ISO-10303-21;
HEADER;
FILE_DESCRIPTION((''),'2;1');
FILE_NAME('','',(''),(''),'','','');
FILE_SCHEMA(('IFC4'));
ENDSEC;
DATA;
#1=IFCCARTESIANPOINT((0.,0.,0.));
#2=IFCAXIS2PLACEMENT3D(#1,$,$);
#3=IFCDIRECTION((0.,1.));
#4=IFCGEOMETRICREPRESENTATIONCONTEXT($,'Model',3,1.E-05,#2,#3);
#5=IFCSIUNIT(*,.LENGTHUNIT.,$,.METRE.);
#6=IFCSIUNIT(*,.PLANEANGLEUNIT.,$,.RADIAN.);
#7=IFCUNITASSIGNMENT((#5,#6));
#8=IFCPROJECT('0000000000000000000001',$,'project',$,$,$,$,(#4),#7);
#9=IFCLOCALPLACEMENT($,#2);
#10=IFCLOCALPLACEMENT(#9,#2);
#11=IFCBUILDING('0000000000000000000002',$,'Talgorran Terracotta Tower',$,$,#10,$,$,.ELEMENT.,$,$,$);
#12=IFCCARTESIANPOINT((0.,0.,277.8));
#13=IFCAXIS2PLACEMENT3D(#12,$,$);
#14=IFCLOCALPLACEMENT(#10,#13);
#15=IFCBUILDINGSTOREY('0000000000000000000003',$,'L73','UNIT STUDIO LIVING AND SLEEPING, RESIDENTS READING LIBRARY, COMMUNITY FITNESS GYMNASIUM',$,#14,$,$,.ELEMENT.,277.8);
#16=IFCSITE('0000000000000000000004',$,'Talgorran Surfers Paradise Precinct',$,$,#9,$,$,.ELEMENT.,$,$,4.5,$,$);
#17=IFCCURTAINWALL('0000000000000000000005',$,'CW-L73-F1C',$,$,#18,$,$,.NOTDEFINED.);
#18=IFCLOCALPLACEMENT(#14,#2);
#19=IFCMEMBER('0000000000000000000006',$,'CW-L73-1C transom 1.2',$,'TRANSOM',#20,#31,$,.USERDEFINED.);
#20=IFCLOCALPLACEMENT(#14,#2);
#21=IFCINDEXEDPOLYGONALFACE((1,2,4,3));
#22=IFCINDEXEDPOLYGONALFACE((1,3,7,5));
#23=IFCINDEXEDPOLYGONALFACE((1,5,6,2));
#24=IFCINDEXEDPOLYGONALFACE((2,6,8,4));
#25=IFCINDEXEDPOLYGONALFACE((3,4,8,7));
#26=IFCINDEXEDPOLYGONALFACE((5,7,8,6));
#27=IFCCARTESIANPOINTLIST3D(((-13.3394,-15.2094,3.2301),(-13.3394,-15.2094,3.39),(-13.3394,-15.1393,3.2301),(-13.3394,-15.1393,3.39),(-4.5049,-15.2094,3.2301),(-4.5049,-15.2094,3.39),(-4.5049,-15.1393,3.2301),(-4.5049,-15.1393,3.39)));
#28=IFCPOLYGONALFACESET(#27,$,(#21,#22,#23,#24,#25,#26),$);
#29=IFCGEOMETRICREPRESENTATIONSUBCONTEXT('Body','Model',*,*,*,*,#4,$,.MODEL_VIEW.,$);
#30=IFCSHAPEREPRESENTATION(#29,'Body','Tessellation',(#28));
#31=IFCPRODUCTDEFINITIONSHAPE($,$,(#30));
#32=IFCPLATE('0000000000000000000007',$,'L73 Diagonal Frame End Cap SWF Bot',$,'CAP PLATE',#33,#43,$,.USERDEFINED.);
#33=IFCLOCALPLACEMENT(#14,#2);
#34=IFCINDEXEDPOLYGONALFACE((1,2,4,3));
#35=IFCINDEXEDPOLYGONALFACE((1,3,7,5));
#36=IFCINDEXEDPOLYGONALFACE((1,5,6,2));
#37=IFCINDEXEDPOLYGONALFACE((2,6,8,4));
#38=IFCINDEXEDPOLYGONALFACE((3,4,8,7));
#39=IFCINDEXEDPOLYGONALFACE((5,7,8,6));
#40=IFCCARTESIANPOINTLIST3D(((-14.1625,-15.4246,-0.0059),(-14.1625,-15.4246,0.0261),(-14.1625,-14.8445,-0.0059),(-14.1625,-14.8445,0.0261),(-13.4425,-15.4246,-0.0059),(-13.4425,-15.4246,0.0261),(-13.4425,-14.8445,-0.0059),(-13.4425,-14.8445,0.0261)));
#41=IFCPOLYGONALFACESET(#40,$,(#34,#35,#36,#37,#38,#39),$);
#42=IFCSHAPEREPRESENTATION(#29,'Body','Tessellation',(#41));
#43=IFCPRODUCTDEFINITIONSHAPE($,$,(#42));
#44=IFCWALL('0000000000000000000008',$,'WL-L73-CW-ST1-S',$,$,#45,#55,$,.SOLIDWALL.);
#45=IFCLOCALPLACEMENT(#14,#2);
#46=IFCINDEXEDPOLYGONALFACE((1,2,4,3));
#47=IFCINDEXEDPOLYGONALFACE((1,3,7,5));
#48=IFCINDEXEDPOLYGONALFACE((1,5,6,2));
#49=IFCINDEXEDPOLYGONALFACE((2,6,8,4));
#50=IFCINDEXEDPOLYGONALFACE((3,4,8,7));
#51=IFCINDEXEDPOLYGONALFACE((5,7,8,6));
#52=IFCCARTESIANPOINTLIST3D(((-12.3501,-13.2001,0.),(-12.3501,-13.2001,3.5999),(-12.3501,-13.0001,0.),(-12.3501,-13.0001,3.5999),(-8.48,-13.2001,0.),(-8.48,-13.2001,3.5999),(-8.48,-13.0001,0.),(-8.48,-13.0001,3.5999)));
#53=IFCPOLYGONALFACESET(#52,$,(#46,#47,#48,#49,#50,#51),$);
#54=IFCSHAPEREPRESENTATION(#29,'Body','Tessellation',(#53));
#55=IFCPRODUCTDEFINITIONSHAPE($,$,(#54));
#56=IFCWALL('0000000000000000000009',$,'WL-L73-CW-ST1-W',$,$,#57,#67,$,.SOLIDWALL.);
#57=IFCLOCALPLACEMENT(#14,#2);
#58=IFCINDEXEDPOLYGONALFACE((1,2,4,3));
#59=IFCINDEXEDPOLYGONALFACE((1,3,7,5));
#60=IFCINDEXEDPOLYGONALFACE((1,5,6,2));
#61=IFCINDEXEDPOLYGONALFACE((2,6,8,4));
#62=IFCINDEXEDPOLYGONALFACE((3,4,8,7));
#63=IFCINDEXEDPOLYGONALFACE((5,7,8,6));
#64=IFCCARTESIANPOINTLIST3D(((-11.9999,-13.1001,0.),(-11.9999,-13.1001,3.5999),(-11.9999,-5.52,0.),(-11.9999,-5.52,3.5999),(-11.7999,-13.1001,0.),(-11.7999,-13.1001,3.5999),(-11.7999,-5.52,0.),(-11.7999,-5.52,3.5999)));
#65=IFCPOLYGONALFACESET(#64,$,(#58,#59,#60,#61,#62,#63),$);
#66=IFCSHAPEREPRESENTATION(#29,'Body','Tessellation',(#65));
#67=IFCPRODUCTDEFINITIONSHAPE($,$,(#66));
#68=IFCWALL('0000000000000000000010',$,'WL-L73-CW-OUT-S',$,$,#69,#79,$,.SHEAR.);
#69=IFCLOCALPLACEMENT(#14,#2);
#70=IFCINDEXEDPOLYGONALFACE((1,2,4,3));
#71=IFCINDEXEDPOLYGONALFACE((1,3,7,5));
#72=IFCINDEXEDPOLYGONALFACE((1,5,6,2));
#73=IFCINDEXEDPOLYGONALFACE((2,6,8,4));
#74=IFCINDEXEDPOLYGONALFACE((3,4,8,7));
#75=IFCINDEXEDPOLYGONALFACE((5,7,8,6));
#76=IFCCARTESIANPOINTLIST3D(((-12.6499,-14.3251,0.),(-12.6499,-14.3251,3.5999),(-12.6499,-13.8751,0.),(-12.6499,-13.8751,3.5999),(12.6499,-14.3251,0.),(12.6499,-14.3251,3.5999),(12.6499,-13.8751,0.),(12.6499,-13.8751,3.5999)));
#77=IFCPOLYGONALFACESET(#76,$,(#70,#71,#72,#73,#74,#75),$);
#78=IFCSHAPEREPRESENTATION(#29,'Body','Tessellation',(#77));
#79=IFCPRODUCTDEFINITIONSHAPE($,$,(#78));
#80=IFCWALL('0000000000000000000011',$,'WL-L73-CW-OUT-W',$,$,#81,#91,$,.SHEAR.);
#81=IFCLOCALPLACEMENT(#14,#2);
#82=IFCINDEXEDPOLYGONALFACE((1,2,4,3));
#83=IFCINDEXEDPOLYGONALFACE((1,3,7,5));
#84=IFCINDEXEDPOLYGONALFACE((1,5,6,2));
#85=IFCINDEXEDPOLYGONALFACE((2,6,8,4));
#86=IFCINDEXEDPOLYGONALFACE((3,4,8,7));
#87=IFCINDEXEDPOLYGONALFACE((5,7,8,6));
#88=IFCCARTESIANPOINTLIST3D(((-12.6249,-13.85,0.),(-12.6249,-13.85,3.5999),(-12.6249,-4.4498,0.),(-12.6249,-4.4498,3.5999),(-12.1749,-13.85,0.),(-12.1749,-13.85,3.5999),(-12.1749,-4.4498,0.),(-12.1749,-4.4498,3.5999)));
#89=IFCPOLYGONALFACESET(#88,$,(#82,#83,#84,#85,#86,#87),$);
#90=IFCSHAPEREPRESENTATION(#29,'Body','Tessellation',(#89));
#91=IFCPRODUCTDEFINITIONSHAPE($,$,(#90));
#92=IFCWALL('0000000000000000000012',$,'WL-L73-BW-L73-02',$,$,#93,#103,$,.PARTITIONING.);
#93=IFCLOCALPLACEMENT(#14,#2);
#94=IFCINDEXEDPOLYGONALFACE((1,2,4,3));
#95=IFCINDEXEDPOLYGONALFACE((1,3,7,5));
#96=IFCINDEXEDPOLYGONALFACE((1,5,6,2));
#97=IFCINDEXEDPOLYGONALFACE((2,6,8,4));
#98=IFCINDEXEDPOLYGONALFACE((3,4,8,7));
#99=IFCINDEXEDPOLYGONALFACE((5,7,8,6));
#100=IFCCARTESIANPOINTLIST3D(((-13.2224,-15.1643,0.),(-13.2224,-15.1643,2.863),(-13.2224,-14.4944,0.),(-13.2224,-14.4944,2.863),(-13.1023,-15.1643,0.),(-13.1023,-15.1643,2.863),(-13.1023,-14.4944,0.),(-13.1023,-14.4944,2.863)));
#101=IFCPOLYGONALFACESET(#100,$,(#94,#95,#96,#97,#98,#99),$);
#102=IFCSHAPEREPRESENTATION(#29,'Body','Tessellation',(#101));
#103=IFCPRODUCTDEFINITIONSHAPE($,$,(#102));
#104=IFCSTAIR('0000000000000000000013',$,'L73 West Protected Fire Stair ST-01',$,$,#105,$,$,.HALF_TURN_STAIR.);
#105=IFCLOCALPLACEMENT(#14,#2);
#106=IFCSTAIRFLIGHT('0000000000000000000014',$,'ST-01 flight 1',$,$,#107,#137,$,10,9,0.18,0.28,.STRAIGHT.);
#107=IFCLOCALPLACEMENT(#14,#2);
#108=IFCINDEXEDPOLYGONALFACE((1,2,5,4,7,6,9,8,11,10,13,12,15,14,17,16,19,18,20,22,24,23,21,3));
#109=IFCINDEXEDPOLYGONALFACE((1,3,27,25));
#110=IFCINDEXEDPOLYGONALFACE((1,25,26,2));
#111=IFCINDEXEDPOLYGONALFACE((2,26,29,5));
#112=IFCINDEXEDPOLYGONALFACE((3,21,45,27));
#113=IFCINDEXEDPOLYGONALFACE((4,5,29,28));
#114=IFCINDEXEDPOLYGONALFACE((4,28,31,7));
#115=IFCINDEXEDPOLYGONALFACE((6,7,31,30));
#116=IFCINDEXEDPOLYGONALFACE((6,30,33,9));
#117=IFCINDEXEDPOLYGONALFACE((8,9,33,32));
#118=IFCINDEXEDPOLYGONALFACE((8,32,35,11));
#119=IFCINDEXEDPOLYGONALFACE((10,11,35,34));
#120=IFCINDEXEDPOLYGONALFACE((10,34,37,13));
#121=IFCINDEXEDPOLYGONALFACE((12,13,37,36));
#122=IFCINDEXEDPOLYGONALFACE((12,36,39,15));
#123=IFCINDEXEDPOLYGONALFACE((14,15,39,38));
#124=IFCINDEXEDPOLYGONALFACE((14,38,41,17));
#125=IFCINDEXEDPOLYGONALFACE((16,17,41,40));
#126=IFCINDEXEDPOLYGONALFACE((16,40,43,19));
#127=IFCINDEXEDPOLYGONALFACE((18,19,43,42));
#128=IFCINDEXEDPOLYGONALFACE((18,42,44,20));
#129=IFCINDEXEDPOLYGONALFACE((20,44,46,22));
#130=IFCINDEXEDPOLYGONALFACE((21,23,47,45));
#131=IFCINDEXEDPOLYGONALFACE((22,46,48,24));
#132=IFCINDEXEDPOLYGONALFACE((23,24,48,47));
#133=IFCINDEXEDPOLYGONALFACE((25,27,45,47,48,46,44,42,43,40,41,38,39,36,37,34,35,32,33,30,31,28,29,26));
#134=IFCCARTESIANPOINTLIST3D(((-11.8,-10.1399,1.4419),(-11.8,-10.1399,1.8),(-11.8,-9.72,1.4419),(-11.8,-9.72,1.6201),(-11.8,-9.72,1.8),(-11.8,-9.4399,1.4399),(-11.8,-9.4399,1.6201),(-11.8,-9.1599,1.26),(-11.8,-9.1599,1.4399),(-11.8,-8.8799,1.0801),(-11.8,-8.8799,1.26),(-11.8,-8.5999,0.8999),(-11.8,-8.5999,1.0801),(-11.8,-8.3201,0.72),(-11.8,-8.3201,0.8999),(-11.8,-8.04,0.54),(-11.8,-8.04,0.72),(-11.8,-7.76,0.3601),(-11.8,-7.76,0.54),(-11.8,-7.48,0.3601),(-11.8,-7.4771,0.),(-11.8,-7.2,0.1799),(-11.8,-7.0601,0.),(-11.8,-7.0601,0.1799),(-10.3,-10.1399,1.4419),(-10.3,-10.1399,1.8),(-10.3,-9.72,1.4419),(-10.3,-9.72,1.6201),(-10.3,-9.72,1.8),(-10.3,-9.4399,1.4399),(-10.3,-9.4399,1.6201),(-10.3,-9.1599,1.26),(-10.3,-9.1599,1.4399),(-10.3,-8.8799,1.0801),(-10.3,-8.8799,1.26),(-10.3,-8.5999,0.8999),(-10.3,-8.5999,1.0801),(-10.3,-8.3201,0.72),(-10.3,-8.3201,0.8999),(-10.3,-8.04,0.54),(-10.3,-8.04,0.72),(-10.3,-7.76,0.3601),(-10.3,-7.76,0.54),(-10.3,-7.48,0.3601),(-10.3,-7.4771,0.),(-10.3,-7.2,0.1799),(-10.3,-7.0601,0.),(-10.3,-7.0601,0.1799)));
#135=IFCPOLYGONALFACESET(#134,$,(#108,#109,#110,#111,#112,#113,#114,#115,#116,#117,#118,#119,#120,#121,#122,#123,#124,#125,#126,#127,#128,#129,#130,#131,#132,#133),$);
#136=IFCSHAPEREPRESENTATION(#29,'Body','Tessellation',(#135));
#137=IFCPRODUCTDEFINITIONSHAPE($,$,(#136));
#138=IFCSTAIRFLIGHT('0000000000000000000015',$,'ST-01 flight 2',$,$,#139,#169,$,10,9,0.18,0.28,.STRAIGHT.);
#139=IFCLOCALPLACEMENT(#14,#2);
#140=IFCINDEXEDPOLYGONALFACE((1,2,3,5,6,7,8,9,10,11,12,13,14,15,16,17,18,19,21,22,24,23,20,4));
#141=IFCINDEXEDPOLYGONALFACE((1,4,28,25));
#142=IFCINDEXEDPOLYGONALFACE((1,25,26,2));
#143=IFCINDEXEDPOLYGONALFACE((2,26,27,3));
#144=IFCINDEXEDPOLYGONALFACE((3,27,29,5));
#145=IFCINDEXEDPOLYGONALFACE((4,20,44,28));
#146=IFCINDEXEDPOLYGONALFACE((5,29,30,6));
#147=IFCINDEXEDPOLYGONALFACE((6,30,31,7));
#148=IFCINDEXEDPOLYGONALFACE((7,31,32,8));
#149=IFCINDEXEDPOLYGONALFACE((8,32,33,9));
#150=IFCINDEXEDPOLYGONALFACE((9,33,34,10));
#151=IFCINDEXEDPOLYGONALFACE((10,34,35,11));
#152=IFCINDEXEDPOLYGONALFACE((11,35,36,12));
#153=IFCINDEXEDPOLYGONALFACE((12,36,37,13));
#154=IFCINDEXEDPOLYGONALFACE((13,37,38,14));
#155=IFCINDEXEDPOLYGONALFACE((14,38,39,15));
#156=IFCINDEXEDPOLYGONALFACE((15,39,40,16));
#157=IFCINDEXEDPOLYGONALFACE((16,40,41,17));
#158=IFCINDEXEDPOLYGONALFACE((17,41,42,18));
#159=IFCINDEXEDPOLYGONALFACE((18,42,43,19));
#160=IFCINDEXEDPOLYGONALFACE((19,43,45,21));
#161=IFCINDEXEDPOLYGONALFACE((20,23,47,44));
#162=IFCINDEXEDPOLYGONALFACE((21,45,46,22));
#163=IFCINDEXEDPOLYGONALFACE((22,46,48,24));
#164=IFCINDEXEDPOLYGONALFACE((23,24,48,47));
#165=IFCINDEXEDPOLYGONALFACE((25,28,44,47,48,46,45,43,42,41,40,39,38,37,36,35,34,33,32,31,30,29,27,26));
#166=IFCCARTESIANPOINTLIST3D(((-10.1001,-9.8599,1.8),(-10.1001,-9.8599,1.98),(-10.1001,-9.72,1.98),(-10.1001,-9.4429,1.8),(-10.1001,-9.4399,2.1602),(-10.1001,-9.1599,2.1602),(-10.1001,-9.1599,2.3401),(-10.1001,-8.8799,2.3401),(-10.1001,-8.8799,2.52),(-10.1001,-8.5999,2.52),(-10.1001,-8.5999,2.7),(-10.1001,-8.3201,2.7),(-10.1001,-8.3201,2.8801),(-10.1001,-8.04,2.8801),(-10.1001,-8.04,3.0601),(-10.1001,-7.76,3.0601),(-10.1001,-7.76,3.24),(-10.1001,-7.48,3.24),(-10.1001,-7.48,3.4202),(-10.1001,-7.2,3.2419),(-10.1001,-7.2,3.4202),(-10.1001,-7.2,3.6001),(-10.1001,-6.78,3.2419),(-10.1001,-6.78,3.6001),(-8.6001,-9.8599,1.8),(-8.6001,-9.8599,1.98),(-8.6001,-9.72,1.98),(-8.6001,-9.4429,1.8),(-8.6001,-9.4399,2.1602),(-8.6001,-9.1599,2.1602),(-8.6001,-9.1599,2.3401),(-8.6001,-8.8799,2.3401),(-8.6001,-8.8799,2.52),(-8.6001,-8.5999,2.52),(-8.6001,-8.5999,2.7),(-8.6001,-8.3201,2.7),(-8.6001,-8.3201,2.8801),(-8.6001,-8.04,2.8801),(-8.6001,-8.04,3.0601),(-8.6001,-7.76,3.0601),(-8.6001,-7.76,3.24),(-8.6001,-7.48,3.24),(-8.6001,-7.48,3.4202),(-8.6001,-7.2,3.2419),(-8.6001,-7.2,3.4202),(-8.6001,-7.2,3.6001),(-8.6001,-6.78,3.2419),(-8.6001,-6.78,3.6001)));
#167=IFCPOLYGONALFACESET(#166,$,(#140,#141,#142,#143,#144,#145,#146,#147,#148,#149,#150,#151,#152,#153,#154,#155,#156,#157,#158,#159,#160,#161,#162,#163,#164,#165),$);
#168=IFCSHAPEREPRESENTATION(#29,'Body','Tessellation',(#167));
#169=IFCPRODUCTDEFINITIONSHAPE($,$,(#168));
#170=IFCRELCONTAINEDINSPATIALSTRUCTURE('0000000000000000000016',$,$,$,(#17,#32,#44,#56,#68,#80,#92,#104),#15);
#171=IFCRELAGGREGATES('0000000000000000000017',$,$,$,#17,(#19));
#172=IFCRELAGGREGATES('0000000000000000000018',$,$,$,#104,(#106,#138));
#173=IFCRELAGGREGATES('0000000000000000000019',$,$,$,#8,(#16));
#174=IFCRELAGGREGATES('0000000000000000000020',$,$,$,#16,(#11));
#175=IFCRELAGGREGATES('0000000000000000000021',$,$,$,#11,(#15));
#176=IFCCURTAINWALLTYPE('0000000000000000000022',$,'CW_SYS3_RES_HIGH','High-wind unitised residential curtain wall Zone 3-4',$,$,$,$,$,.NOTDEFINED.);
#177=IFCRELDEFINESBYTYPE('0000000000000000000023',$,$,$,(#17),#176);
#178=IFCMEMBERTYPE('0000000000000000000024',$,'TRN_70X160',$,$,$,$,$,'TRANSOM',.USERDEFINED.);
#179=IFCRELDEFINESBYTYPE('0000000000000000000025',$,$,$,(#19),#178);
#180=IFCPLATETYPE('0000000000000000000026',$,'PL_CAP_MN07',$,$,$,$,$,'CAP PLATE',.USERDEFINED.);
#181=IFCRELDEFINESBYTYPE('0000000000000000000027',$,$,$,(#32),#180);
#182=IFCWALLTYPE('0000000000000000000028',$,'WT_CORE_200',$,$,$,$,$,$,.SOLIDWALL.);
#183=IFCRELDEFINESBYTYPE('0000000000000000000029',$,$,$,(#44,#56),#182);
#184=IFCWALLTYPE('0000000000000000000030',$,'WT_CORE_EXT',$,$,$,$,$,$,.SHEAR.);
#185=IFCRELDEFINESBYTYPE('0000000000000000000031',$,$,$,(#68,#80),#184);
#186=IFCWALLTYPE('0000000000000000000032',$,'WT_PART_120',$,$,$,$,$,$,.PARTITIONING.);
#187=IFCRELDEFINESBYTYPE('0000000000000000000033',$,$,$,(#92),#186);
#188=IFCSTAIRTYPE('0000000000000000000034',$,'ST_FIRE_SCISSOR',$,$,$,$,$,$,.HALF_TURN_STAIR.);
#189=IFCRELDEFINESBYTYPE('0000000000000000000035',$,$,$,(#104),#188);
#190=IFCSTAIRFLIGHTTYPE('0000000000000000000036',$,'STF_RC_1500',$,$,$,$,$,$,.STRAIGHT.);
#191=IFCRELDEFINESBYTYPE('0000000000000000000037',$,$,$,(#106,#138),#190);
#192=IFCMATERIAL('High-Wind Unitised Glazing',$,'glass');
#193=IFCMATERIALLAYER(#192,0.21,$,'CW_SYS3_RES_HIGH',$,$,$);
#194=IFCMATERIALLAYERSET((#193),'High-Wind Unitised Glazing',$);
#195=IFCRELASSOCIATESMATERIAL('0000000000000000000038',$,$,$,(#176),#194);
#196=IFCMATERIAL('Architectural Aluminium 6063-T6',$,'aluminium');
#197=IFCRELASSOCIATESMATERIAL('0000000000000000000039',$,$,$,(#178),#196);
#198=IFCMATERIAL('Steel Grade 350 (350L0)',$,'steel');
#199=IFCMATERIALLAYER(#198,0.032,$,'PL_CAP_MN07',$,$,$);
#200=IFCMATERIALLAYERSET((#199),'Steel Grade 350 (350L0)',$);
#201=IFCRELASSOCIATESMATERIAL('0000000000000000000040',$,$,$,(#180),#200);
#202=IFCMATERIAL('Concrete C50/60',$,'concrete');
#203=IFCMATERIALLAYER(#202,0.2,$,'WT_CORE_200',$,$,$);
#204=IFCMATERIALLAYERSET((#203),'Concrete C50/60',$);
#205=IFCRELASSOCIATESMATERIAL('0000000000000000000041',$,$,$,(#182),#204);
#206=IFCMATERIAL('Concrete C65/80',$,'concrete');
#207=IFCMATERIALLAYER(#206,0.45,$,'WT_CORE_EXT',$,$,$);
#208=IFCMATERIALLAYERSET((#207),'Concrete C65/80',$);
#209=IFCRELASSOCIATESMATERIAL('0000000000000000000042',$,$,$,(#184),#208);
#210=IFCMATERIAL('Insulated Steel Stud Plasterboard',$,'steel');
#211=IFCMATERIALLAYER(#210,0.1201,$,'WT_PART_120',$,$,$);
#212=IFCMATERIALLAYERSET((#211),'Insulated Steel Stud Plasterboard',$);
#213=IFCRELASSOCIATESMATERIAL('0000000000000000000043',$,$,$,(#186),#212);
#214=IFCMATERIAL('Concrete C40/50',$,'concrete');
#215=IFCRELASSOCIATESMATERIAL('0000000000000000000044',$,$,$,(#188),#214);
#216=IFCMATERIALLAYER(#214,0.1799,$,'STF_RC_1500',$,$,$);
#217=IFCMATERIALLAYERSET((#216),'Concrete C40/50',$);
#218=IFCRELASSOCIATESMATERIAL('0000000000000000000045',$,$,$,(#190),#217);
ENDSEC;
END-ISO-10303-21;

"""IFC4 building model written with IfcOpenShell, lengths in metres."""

from ifc_helpers import new_model, si_unit, direction, frame, frame_2d, origin, origin_2d, place, context, subcontext, project, spatial, polyline, rectangle, outline, extrude, material, layer, layer_set, material_profile, profile_set, type_object, element, aggregate, save


model = new_model("IFC4")

# Units and contexts
model_context = context("Model", 3, precision=1e-05, world=origin(), true_north=direction((0.0, 1.0)))
body_context = subcontext(model_context, "Body", "Model", "MODEL_VIEW")
ifc_project = project(units=[si_unit("LENGTHUNIT", "METRE"), si_unit("PLANEANGLEUNIT", "RADIAN")], contexts=[model_context])

# Site, building, storey
site_placement = place(None, origin())
site = spatial("IfcSite", under=ifc_project, at=site_placement, Name="Talgorran Surfers Paradise Precinct", CompositionType="ELEMENT", RefElevation=4.5)
building_placement = place(site_placement, origin())
building = spatial("IfcBuilding", under=site, at=building_placement, Name="Talgorran Terracotta Tower", CompositionType="ELEMENT")
storey_placement = place(building_placement, frame((0.0, 0.0, 277.8)))
storey = spatial("IfcBuildingStorey", under=building, at=storey_placement, Name="L73", Description="UNIT STUDIO LIVING AND SLEEPING, RESIDENTS READING LIBRARY, COMMUNITY FITNESS GYMNASIUM", CompositionType="ELEMENT", Elevation=277.8)

# Shared definitions
ifc_material_1 = material(Name="High-Wind Unitised Glazing", Category="glass")
ifc_layer_1 = layer(ifc_material_1, 0.21, Name="CW_SYS3_RES_HIGH")
ifc_layer_set_1 = layer_set([ifc_layer_1], Name="High-Wind Unitised Glazing")
curtain_wall_type = type_object("IfcCurtainWallType", Name="CW_SYS3_RES_HIGH", Description="High-wind unitised residential curtain wall Zone 3-4", PredefinedType="NOTDEFINED", material=ifc_layer_set_1)
ifc_material_2 = material(Name="Architectural Aluminium 6063-T6", Category="aluminium")

# Curtain wall, member
curtain_wall_1_placement = place(storey_placement, origin())
curtain_wall_1 = element("IfcCurtainWall", 1, at=curtain_wall_1_placement, inside=storey, type_object=curtain_wall_type, Name="CW-L73-F1C", PredefinedType="NOTDEFINED")
ifc_material_profile_1 = material_profile(ifc_material_2, rectangle(XDim=0.0701, YDim=0.1599, at=origin_2d()), Name="CWT70X160")
ifc_profile_set_1 = profile_set([ifc_material_profile_1], Name="Architectural Aluminium 6063-T6")
member_type_1 = type_object("IfcMemberType", Name="TRN_70X160", ElementType="TRANSOM", PredefinedType="USERDEFINED", material=ifc_profile_set_1)
member_1_placement = place(storey_placement, frame((-13.3394, -15.1743, 3.3101), z_axis=(1.0, 0.0, 0.0), x_axis=(0.0, 1.0, 0.0)))
member_1 = element("IfcMember", 2, at=member_1_placement, type_object=member_type_1, Name="CW-L73-1C transom 1.2", ObjectType="TRANSOM", PredefinedType="USERDEFINED", context=body_context, shape_type="SweptSolid", body=[
    extrude(rectangle(XDim=0.0701, YDim=0.1599, at=origin_2d()), origin(), (0.0, 0.0, 1.0), 8.8345),
])
aggregate(curtain_wall_1, [member_1])

# Plate
ifc_material_3 = material(Name="Steel Grade 350 (350L0)", Category="steel")
ifc_layer_2 = layer(ifc_material_3, 0.032, Name="PL_CAP_MN07")
ifc_layer_set_2 = layer_set([ifc_layer_2], Name="Steel Grade 350 (350L0)")
plate_type = type_object("IfcPlateType", Name="PL_CAP_MN07", ElementType="CAP PLATE", PredefinedType="USERDEFINED", material=ifc_layer_set_2)
plate_placement = place(storey_placement, frame((-13.8025, -15.1345, -0.0059), z_axis=(0.0, 0.0, 1.0), x_axis=(-1.0, 0.0, 0.0)))
element("IfcPlate", 3, at=plate_placement, inside=storey, type_object=plate_type, Name="L73 Diagonal Frame End Cap SWF Bot", ObjectType="CAP PLATE", PredefinedType="USERDEFINED", context=body_context, shape_type="SweptSolid", body=[
    extrude(rectangle(XDim=0.72, YDim=0.5801, at=origin_2d()), origin(), (0.0, 0.0, 1.0), 0.032),
])

# Walls
ifc_material_4 = material(Name="Concrete C50/60", Category="concrete")
ifc_layer_3 = layer(ifc_material_4, 0.2, Name="WT_CORE_200")
ifc_layer_set_3 = layer_set([ifc_layer_3], Name="Concrete C50/60")
wall_type_1 = type_object("IfcWallType", Name="WT_CORE_200", PredefinedType="SOLIDWALL", material=ifc_layer_set_3)
wall_1_placement = place(storey_placement, frame((-12.3501, -13.1001, 0.0), z_axis=(0.0, 0.0, 1.0), x_axis=(1.0, 0.0, 0.0)))
element("IfcWall", 4, at=wall_1_placement, inside=storey, type_object=wall_type_1, Name="WL-L73-CW-ST1-S", PredefinedType="SOLIDWALL", context=body_context, shape_type="SweptSolid", body=[
    extrude(rectangle(XDim=3.8701, YDim=0.2, at=frame_2d((1.9351, 0.0))), origin(), (0.0, 0.0, 1.0), 3.5999),
])
wall_2_placement = place(storey_placement, frame((-11.8999, -13.1001, 0.0), z_axis=(0.0, 0.0, 1.0), x_axis=(0.0, 1.0, 0.0)))
element("IfcWall", 5, at=wall_2_placement, inside=storey, type_object=wall_type_1, Name="WL-L73-CW-ST1-W", PredefinedType="SOLIDWALL", context=body_context, shape_type="SweptSolid", body=[
    extrude(rectangle(XDim=7.5801, YDim=0.2, at=frame_2d((3.79, 0.0))), origin(), (0.0, 0.0, 1.0), 3.5999),
])
ifc_material_5 = material(Name="Concrete C65/80", Category="concrete")
ifc_layer_4 = layer(ifc_material_5, 0.45, Name="WT_CORE_EXT")
ifc_layer_set_4 = layer_set([ifc_layer_4], Name="Concrete C65/80")
wall_type_2 = type_object("IfcWallType", Name="WT_CORE_EXT", PredefinedType="SHEAR", material=ifc_layer_set_4)
wall_3_placement = place(storey_placement, frame((-12.6499, -14.1001, 0.0), z_axis=(0.0, 0.0, 1.0), x_axis=(1.0, 0.0, 0.0)))
element("IfcWall", 6, at=wall_3_placement, inside=storey, type_object=wall_type_2, Name="WL-L73-CW-OUT-S", PredefinedType="SHEAR", context=body_context, shape_type="SweptSolid", body=[
    extrude(rectangle(XDim=25.2998, YDim=0.45, at=frame_2d((12.6499, 0.0))), origin(), (0.0, 0.0, 1.0), 3.5999),
])
wall_4_placement = place(storey_placement, frame((-12.3999, -13.8501, 0.0), z_axis=(0.0, 0.0, 1.0), x_axis=(0.0, 1.0, 0.0)))
element("IfcWall", 7, at=wall_4_placement, inside=storey, type_object=wall_type_2, Name="WL-L73-CW-OUT-W", PredefinedType="SHEAR", context=body_context, shape_type="SweptSolid", body=[
    extrude(rectangle(XDim=9.4001, YDim=0.45, at=frame_2d((4.7002, 0.0))), origin(), (0.0, 0.0, 1.0), 3.5999),
])
ifc_material_6 = material(Name="Insulated Steel Stud Plasterboard", Category="steel")
ifc_layer_5 = layer(ifc_material_6, 0.1201, Name="WT_PART_120")
ifc_layer_set_5 = layer_set([ifc_layer_5], Name="Insulated Steel Stud Plasterboard")
wall_type_3 = type_object("IfcWallType", Name="WT_PART_120", PredefinedType="PARTITIONING", material=ifc_layer_set_5)
wall_5_placement = place(storey_placement, frame((-13.1624, -14.4944, 0.0), z_axis=(0.0, 0.0, 1.0), x_axis=(0.0, -1.0, 0.0)))
element("IfcWall", 8, at=wall_5_placement, inside=storey, type_object=wall_type_3, Name="WL-L73-BW-L73-02", PredefinedType="PARTITIONING", context=body_context, shape_type="SweptSolid", body=[
    extrude(rectangle(XDim=0.6699, YDim=0.1201, at=frame_2d((0.335, 0.0))), origin(), (0.0, 0.0, 1.0), 2.863),
])

# Stair, stair flights
ifc_material_7 = material(Name="Concrete C40/50", Category="concrete")
stair_type = type_object("IfcStairType", Name="ST_FIRE_SCISSOR", PredefinedType="HALF_TURN_STAIR", material=ifc_material_7)
stair_placement = place(storey_placement, origin())
stair = element("IfcStair", 9, at=stair_placement, inside=storey, type_object=stair_type, Name="L73 West Protected Fire Stair ST-01", PredefinedType="HALF_TURN_STAIR")
ifc_layer_6 = layer(ifc_material_7, 0.1799, Name="STF_RC_1500")
ifc_layer_set_6 = layer_set([ifc_layer_6], Name="Concrete C40/50")
stair_flight_type = type_object("IfcStairFlightType", Name="STF_RC_1500", PredefinedType="STRAIGHT", material=ifc_layer_set_6)
stair_flight_1_placement = place(storey_placement, frame((-11.05, -7.2, 0.0), z_axis=(0.0, 0.0, 1.0), x_axis=(0.0, -1.0, 0.0)))
stair_flight_1 = element("IfcStairFlight", 10, at=stair_flight_1_placement, type_object=stair_flight_type, Name="ST-01 flight 1", NumberOfRisers=10, NumberOfTreads=9, PredefinedType="STRAIGHT", RiserHeight=0.18, TreadLength=0.28, context=body_context, shape_type="SweptSolid", body=[
    extrude(outline(polyline([(-0.1399, 0.0), (-0.1399, 0.1799), (0.0, 0.1799), (0.28, 0.3601), (0.5601, 0.3601), (0.5601, 0.54), (0.8401, 0.54), (0.8401, 0.72), (1.1201, 0.72), (1.1201, 0.8999), (1.3999, 0.8999), (1.3999, 1.0801), (1.6799, 1.0801), (1.6799, 1.26), (1.96, 1.26), (1.96, 1.4399), (2.24, 1.4399), (2.24, 1.6201), (2.52, 1.6201), (2.52, 1.8), (2.9399, 1.8), (2.9399, 1.4419), (2.52, 1.4419), (0.2771, 0.0), (-0.1399, 0.0)])), frame((0.0, 0.75, 0.0), z_axis=(0.0, -1.0, 0.0), x_axis=(1.0, 0.0, 0.0)), (0.0, 0.0, 1.0), 1.5),
])
stair_flight_2_placement = place(storey_placement, frame((-9.3501, -9.72, 1.8), z_axis=(0.0, 0.0, 1.0), x_axis=(0.0, 1.0, 0.0)))
stair_flight_2 = element("IfcStairFlight", 11, at=stair_flight_2_placement, type_object=stair_flight_type, Name="ST-01 flight 2", NumberOfRisers=10, NumberOfTreads=9, PredefinedType="STRAIGHT", RiserHeight=0.18, TreadLength=0.28, context=body_context, shape_type="SweptSolid", body=[
    extrude(outline(polyline([(-0.1399, 0.0), (-0.1399, 0.1799), (0.0, 0.1799), (0.28, 0.3601), (0.5601, 0.3601), (0.5601, 0.54), (0.8401, 0.54), (0.8401, 0.72), (1.1201, 0.72), (1.1201, 0.8999), (1.3999, 0.8999), (1.3999, 1.0801), (1.6799, 1.0801), (1.6799, 1.26), (1.96, 1.26), (1.96, 1.4399), (2.24, 1.4399), (2.24, 1.6201), (2.52, 1.6201), (2.52, 1.8), (2.9399, 1.8), (2.9399, 1.4419), (2.52, 1.4419), (0.2771, 0.0), (-0.1399, 0.0)])), frame((0.0, 0.75, 0.0), z_axis=(0.0, -1.0, 0.0), x_axis=(1.0, 0.0, 0.0)), (0.0, 0.0, 1.0), 1.5),
])
aggregate(stair, [stair_flight_1, stair_flight_2])

save(model, "model.ifc")
